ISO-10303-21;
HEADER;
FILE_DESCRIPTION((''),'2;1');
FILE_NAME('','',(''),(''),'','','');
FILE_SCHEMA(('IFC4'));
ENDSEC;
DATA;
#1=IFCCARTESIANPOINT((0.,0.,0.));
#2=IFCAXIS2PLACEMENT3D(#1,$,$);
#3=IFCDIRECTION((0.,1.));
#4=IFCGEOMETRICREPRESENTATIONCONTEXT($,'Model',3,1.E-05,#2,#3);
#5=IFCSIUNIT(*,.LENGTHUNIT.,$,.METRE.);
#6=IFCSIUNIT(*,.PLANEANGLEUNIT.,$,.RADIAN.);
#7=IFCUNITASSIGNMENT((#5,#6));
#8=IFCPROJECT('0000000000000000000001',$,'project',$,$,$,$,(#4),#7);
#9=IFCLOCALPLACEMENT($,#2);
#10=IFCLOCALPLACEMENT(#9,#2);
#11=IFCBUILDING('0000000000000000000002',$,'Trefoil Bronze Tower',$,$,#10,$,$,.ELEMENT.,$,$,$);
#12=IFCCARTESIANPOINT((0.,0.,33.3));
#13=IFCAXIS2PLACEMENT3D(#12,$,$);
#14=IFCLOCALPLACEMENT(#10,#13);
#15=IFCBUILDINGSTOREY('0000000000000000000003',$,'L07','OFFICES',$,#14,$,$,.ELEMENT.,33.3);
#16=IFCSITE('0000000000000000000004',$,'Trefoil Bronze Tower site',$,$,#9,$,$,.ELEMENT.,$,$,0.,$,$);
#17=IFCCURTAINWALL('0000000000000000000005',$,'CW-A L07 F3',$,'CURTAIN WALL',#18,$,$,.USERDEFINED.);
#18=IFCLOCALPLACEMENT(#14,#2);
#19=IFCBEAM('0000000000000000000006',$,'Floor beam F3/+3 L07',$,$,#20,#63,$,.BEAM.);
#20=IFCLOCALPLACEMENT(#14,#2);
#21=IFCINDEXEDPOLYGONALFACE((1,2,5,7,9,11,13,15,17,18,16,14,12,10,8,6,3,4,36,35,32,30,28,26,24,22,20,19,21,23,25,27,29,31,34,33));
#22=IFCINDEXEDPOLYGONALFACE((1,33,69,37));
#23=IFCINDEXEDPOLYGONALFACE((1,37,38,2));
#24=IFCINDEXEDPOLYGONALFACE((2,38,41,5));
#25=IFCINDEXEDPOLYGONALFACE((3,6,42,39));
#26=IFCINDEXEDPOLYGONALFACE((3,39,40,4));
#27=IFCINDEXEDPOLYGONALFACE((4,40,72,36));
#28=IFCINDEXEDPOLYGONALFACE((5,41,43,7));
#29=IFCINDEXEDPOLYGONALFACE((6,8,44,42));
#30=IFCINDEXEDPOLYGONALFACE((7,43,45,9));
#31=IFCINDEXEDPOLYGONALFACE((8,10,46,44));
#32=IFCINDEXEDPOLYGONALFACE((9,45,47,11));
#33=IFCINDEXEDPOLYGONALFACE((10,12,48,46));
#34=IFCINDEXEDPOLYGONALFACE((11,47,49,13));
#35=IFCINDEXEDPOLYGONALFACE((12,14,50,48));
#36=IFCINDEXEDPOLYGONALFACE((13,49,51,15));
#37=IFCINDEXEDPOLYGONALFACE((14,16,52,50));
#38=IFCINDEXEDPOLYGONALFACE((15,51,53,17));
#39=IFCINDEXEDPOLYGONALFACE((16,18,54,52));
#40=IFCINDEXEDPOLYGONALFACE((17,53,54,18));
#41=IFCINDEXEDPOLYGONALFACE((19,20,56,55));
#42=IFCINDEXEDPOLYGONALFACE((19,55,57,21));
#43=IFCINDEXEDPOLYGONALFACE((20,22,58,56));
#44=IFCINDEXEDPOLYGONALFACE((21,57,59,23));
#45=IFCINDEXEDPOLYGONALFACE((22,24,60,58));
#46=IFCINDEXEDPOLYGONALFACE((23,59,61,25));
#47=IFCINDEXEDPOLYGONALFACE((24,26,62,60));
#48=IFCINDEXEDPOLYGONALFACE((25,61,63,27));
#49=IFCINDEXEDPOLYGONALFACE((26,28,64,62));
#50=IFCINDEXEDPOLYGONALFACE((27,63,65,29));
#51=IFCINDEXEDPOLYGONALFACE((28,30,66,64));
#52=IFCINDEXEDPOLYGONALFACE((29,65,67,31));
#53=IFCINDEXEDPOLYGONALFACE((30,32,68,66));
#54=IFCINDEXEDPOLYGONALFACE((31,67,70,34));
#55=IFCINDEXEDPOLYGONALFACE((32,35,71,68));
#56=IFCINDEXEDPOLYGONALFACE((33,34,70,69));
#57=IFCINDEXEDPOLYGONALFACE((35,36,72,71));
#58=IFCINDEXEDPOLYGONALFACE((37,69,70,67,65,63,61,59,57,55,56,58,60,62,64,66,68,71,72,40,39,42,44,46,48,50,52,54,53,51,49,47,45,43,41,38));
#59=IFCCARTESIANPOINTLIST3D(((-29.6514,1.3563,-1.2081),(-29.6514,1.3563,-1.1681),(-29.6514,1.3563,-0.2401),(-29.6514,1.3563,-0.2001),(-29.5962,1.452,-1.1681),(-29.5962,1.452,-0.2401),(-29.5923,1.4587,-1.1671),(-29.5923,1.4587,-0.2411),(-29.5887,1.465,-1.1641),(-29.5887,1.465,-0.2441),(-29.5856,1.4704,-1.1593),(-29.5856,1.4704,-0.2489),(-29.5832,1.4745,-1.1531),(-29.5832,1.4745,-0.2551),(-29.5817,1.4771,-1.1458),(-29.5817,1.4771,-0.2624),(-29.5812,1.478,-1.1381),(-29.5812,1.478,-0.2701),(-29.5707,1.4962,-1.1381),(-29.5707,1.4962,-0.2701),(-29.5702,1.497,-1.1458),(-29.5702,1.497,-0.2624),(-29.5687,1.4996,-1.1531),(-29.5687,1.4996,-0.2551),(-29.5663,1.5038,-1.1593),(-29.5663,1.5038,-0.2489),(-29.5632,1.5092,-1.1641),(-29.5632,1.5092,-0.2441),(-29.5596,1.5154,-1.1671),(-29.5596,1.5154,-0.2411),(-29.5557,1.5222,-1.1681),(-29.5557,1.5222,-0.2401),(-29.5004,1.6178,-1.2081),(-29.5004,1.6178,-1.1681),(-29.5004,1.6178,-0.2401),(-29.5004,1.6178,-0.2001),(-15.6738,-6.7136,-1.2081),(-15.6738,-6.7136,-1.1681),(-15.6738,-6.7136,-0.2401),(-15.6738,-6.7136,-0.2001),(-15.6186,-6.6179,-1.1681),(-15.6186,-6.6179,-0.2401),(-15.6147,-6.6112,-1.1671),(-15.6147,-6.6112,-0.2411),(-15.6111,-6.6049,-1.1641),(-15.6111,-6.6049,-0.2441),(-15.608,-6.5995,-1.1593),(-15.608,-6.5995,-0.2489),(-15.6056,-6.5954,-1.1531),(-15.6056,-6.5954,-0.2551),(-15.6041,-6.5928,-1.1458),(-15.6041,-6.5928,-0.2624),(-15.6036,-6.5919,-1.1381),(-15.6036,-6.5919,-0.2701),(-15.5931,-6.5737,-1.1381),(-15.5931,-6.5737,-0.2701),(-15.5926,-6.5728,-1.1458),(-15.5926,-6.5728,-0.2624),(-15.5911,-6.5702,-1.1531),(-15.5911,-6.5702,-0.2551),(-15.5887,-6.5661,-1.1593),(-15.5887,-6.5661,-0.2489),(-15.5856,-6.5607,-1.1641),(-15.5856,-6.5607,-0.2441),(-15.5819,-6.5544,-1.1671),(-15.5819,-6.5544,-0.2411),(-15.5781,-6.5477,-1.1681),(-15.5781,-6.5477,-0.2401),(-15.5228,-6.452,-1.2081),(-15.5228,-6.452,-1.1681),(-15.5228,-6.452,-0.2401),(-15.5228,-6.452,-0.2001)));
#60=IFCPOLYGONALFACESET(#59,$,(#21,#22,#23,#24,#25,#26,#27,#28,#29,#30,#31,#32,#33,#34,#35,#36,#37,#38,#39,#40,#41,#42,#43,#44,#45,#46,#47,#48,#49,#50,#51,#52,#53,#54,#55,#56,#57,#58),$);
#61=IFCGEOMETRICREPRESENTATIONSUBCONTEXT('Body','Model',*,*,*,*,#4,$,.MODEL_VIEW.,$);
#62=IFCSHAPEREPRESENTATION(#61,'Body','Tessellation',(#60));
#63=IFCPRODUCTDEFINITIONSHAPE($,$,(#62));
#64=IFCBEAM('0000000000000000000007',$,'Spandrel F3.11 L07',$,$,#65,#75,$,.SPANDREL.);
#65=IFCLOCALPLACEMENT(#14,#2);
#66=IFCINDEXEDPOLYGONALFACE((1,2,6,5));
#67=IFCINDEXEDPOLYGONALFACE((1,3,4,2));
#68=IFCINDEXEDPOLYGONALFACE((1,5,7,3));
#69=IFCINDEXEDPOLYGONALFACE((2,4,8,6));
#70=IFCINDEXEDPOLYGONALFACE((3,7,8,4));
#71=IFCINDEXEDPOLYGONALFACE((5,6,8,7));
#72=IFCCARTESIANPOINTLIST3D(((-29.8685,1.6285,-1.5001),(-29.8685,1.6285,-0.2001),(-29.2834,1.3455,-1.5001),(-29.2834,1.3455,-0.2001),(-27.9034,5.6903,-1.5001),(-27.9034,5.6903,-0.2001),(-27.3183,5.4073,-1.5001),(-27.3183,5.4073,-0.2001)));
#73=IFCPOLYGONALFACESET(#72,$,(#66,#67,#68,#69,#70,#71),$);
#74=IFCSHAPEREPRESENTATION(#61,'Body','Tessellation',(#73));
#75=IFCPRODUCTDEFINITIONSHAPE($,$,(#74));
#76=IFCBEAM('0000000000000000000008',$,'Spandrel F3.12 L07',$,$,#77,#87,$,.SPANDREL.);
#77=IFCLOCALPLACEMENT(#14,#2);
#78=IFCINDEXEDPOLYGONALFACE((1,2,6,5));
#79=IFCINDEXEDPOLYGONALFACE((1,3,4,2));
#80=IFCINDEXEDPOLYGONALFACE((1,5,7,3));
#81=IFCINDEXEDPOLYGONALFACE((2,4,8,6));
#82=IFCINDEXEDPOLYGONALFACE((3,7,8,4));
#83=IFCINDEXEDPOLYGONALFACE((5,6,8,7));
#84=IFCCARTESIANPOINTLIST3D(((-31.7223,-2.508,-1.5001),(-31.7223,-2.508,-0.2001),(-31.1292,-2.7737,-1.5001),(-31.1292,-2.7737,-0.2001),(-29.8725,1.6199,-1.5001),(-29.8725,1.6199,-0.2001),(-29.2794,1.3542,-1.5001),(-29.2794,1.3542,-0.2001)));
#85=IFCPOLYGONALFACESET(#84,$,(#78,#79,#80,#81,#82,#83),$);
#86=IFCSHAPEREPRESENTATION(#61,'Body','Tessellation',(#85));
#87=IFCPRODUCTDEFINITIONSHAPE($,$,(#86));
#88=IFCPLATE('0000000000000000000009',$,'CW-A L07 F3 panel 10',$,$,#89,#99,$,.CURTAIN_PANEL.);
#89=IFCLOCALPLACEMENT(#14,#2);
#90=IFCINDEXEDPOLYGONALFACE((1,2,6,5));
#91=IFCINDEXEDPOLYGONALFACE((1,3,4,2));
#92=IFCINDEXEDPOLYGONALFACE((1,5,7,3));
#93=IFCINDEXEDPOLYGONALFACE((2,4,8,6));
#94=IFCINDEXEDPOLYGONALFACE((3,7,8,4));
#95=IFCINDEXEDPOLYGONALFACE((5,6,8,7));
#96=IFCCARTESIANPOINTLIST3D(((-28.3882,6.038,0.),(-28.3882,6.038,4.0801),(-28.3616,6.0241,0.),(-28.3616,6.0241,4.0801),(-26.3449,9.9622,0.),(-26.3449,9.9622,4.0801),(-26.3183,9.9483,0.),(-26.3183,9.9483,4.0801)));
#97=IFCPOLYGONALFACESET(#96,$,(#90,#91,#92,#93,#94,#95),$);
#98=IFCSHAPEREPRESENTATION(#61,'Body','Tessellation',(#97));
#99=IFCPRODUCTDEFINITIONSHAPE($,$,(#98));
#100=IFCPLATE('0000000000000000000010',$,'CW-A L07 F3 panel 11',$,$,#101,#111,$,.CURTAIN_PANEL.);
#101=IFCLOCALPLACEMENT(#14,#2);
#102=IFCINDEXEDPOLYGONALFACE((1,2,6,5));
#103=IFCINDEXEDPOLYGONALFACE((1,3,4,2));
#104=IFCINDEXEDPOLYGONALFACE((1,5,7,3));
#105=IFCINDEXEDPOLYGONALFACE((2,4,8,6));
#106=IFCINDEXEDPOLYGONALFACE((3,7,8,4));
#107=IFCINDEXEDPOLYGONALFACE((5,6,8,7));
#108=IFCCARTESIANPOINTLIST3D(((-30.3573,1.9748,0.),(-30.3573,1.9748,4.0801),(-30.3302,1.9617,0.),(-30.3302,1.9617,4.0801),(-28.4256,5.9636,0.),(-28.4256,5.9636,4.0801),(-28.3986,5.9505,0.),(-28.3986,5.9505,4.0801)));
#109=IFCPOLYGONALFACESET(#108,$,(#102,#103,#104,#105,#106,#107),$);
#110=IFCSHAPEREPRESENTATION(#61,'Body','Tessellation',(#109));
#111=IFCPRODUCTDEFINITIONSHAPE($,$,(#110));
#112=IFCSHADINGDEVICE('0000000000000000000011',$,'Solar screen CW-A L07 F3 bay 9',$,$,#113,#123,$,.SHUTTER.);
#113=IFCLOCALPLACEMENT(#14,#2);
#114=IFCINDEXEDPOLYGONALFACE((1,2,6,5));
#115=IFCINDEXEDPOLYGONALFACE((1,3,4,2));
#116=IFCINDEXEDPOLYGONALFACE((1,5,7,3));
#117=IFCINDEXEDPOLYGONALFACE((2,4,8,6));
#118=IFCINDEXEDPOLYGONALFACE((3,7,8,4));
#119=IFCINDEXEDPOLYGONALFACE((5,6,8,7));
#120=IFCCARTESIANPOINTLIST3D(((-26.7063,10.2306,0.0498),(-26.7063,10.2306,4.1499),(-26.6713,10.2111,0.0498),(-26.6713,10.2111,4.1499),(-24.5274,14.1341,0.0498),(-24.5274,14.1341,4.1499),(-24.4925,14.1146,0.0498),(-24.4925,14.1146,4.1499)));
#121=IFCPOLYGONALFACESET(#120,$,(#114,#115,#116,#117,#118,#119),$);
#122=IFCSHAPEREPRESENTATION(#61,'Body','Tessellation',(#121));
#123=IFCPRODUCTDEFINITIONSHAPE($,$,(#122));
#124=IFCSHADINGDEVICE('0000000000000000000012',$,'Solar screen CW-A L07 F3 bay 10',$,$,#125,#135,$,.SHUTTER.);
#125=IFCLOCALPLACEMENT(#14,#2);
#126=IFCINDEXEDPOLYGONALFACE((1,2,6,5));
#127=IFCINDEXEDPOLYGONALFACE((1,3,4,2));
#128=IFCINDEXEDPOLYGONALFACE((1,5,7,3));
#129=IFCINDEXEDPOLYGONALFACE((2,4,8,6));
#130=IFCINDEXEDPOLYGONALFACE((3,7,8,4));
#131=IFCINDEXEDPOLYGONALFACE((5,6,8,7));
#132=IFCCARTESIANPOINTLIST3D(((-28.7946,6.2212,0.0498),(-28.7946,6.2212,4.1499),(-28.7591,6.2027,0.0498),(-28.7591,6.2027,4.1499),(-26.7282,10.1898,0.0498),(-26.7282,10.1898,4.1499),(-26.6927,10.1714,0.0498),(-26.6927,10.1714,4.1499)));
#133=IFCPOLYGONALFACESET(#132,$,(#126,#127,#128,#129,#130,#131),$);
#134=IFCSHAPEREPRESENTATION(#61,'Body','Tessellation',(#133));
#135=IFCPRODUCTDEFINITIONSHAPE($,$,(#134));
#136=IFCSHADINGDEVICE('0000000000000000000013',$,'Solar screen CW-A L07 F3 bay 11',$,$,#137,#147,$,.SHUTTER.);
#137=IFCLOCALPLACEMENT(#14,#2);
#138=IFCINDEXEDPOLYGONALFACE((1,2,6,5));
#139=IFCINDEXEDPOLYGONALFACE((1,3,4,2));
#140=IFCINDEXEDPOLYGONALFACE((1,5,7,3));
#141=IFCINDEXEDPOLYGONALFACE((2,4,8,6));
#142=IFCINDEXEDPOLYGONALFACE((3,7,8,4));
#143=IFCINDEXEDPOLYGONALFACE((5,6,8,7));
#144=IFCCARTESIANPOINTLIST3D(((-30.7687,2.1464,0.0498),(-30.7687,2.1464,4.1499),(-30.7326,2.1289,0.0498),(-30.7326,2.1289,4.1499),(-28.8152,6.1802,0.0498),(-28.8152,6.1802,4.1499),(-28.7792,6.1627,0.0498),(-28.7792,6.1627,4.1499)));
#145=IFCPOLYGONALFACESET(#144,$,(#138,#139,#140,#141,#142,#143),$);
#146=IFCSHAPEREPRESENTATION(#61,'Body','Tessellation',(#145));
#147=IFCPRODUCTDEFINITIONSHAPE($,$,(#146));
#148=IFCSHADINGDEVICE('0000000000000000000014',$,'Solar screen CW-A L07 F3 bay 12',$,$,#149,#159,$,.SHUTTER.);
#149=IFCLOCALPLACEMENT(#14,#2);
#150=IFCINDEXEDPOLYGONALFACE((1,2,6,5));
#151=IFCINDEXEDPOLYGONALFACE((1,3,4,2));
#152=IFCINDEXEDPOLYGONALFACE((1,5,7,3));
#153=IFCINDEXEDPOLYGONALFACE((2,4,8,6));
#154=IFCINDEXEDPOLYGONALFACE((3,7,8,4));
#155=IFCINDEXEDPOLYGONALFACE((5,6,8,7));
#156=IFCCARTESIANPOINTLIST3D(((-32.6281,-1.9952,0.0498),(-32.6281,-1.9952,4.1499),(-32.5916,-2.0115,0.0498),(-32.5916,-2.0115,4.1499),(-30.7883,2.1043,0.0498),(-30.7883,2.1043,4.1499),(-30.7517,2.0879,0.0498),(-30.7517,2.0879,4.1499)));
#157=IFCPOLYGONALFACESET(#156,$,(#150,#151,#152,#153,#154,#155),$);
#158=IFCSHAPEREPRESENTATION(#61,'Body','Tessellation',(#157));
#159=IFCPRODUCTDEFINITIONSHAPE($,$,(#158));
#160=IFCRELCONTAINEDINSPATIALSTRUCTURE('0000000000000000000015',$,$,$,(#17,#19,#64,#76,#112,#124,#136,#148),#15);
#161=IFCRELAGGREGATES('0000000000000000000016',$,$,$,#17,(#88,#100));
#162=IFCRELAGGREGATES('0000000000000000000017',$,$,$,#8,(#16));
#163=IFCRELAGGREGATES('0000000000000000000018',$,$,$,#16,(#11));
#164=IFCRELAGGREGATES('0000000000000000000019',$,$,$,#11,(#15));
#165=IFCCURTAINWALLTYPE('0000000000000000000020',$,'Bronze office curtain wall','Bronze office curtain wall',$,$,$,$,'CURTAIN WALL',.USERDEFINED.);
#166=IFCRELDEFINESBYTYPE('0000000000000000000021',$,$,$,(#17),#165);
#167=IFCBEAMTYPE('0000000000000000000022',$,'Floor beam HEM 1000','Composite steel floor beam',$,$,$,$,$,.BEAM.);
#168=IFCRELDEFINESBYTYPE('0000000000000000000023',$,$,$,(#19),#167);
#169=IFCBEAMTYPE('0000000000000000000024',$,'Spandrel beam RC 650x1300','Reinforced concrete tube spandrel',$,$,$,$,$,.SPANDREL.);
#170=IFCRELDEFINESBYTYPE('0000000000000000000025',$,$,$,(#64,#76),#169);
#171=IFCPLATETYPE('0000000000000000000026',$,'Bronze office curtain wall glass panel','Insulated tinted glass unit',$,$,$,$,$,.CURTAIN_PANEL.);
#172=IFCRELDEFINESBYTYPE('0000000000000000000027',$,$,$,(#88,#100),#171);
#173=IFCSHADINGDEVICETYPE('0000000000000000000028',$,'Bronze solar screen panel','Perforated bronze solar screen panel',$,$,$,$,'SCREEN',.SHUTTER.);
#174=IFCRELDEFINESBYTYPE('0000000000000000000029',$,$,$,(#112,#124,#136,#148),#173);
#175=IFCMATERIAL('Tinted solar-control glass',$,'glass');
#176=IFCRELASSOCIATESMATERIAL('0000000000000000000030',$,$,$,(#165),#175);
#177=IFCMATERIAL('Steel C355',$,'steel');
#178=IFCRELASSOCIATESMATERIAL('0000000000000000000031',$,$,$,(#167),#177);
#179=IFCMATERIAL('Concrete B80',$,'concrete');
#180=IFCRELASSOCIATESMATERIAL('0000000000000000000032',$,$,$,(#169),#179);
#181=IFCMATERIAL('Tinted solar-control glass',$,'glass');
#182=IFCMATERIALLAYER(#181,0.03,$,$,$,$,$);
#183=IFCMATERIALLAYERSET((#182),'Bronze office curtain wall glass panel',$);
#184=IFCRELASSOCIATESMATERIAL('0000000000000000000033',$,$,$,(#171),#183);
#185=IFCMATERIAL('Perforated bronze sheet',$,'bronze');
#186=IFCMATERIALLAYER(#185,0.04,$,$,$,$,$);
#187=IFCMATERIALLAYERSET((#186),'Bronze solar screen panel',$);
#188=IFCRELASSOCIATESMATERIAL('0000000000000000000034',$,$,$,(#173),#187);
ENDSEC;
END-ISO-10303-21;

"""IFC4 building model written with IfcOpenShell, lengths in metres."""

from ifc_helpers import new_model, si_unit, direction, frame, origin, origin_2d, place, context, subcontext, project, spatial, rectangle, i_section, extrude, material, layer, layer_set, material_profile, profile_set, type_object, element, aggregate, save


model = new_model("IFC4")

# Units and contexts
model_context = context("Model", 3, precision=1e-05, world=origin(), true_north=direction((0.0, 1.0)))
body_context = subcontext(model_context, "Body", "Model", "MODEL_VIEW")
ifc_project = project(units=[si_unit("LENGTHUNIT", "METRE"), si_unit("PLANEANGLEUNIT", "RADIAN")], contexts=[model_context])

# Site, building, storey
site_placement = place(None, origin())
site = spatial("IfcSite", under=ifc_project, at=site_placement, Name="Trefoil Bronze Tower site", CompositionType="ELEMENT", RefElevation=0.0)
building_placement = place(site_placement, origin())
building = spatial("IfcBuilding", under=site, at=building_placement, Name="Trefoil Bronze Tower", CompositionType="ELEMENT")
storey_placement = place(building_placement, frame((0.0, 0.0, 33.3)))
storey = spatial("IfcBuildingStorey", under=building, at=storey_placement, Name="L07", Description="OFFICES", CompositionType="ELEMENT", Elevation=33.3)

# Curtain wall
ifc_material_1 = material(Name="Tinted solar-control glass", Category="glass")
curtain_wall_type = type_object("IfcCurtainWallType", Name="Bronze office curtain wall", Description="Bronze office curtain wall", ElementType="CURTAIN WALL", PredefinedType="USERDEFINED", material=ifc_material_1)
curtain_wall_placement = place(storey_placement, origin())
curtain_wall = element("IfcCurtainWall", 1, at=curtain_wall_placement, inside=storey, type_object=curtain_wall_type, Name="CW-A L07 F3", ObjectType="CURTAIN WALL", PredefinedType="USERDEFINED")

# Beams
ifc_material_2 = material(Name="Steel C355", Category="steel")
ifc_material_profile_1 = material_profile(ifc_material_2, i_section(OverallWidth=0.302, OverallDepth=1.0081, WebThickness=0.021, FlangeThickness=0.04, FilletRadius=0.03, at=origin_2d()), Name="HEM 1000")
ifc_profile_set_1 = profile_set([ifc_material_profile_1], Name="Steel C355")
beam_type_1 = type_object("IfcBeamType", Name="Floor beam HEM 1000", Description="Composite steel floor beam", PredefinedType="BEAM", material=ifc_profile_set_1)
beam_1_placement = place(storey_placement, frame((-29.5759, 1.4871, -0.7041), z_axis=(0.866028, -0.499995, 0.0), x_axis=(0.499995, 0.866028, 0.0)))
element("IfcBeam", 2, at=beam_1_placement, inside=storey, type_object=beam_type_1, Name="Floor beam F3/+3 L07", PredefinedType="BEAM", context=body_context, shape_type="SweptSolid", body=[
    extrude(i_section(OverallWidth=0.302, OverallDepth=1.0081, WebThickness=0.021, FlangeThickness=0.04, FilletRadius=0.03, at=origin_2d()), origin(), (0.0, 0.0, 1.0), 16.1399),
])
ifc_material_3 = material(Name="Concrete B80", Category="concrete")
ifc_material_profile_2 = material_profile(ifc_material_3, rectangle(XDim=0.6499, YDim=1.3, at=origin_2d()), Name="RC 650x1300")
ifc_profile_set_2 = profile_set([ifc_material_profile_2], Name="Concrete B80")
beam_type_2 = type_object("IfcBeamType", Name="Spandrel beam RC 650x1300", Description="Reinforced concrete tube spandrel", PredefinedType="SPANDREL", material=ifc_profile_set_2)
beam_2_placement = place(storey_placement, frame((-27.6108, 5.5488, -0.8501), z_axis=(-0.43551, -0.900184, 0.0), x_axis=(0.900184, -0.43551, 0.0)))
element("IfcBeam", 3, at=beam_2_placement, inside=storey, type_object=beam_type_2, Name="Spandrel F3.11 L07", PredefinedType="SPANDREL", context=body_context, shape_type="SweptSolid", body=[
    extrude(rectangle(XDim=0.6499, YDim=1.3, at=origin_2d()), origin(), (0.0, 0.0, 1.0), 4.5122),
])
beam_3_placement = place(storey_placement, frame((-29.5759, 1.4871, -0.8501), z_axis=(-0.408946, -0.912559, 0.0), x_axis=(0.912559, -0.408946, 0.0)))
element("IfcBeam", 4, at=beam_3_placement, inside=storey, type_object=beam_type_2, Name="Spandrel F3.12 L07", PredefinedType="SPANDREL", context=body_context, shape_type="SweptSolid", body=[
    extrude(rectangle(XDim=0.6499, YDim=1.3, at=origin_2d()), origin(), (0.0, 0.0, 1.0), 4.5234),
])

# Plates
ifc_material_4 = material(Name="Tinted solar-control glass", Category="glass")
ifc_layer_1 = layer(ifc_material_4, 0.03)
ifc_layer_set_1 = layer_set([ifc_layer_1], Name="Bronze office curtain wall glass panel")
plate_type = type_object("IfcPlateType", Name="Bronze office curtain wall glass panel", Description="Insulated tinted glass unit", PredefinedType="CURTAIN_PANEL", material=ifc_layer_set_1)
plate_1_placement = place(storey_placement, frame((-27.3533, 7.9932, 0.0), z_axis=(0.0, 0.0, 1.0), x_axis=(-0.46183, -0.886969, 0.0)))
plate_1 = element("IfcPlate", 5, at=plate_1_placement, type_object=plate_type, Name="CW-A L07 F3 panel 10", PredefinedType="CURTAIN_PANEL", context=body_context, shape_type="SweptSolid", body=[
    extrude(rectangle(XDim=4.4243, YDim=0.03, at=origin_2d()), origin(), (0.0, 0.0, 1.0), 4.0801),
])
plate_2_placement = place(storey_placement, frame((-29.3779, 3.9626, 0.0), z_axis=(0.0, 0.0, 1.0), x_axis=(-0.435855, -0.900017, 0.0)))
plate_2 = element("IfcPlate", 6, at=plate_2_placement, type_object=plate_type, Name="CW-A L07 F3 panel 11", PredefinedType="CURTAIN_PANEL", context=body_context, shape_type="SweptSolid", body=[
    extrude(rectangle(XDim=4.4319, YDim=0.03, at=origin_2d()), origin(), (0.0, 0.0, 1.0), 4.0801),
])
aggregate(curtain_wall, [plate_1, plate_2])

# Shading devices
ifc_material_5 = material(Name="Perforated bronze sheet", Category="bronze")
ifc_layer_2 = layer(ifc_material_5, 0.04)
ifc_layer_set_2 = layer_set([ifc_layer_2], Name="Bronze solar screen panel")
shading_device_type = type_object("IfcShadingDeviceType", Name="Bronze solar screen panel", Description="Perforated bronze solar screen panel", ElementType="SCREEN", PredefinedType="SHUTTER", material=ifc_layer_set_2)
shading_device_1_placement = place(storey_placement, frame((-25.5994, 12.1726, 0.0498), z_axis=(0.0, 0.0, 1.0), x_axis=(-0.487382, -0.873189, 0.0)))
element("IfcShadingDevice", 7, at=shading_device_1_placement, inside=storey, type_object=shading_device_type, Name="Solar screen CW-A L07 F3 bay 9", PredefinedType="SHUTTER", context=body_context, shape_type="SweptSolid", body=[
    extrude(rectangle(XDim=4.4705, YDim=0.04, at=origin_2d()), origin(), (0.0, 0.0, 1.0), 4.1001),
])
shading_device_2_placement = place(storey_placement, frame((-27.7437, 8.1963, 0.0498), z_axis=(0.0, 0.0, 1.0), x_axis=(-0.46183, -0.886969, 0.0)))
element("IfcShadingDevice", 8, at=shading_device_2_placement, inside=storey, type_object=shading_device_type, Name="Solar screen CW-A L07 F3 bay 10", PredefinedType="SHUTTER", context=body_context, shape_type="SweptSolid", body=[
    extrude(rectangle(XDim=4.4744, YDim=0.04, at=origin_2d()), origin(), (0.0, 0.0, 1.0), 4.1001),
])
shading_device_3_placement = place(storey_placement, frame((-29.7739, 4.1545, 0.0498), z_axis=(0.0, 0.0, 1.0), x_axis=(-0.435855, -0.900017, 0.0)))
element("IfcShadingDevice", 9, at=shading_device_3_placement, inside=storey, type_object=shading_device_type, Name="Solar screen CW-A L07 F3 bay 11", PredefinedType="SHUTTER", context=body_context, shape_type="SweptSolid", body=[
    extrude(rectangle(XDim=4.4819, YDim=0.04, at=origin_2d()), origin(), (0.0, 0.0, 1.0), 4.1001),
])
shading_device_4_placement = place(storey_placement, frame((-31.6899, 0.0464, 0.0498), z_axis=(0.0, 0.0, 1.0), x_axis=(-0.409456, -0.91233, 0.0)))
element("IfcShadingDevice", 10, at=shading_device_4_placement, inside=storey, type_object=shading_device_type, Name="Solar screen CW-A L07 F3 bay 12", PredefinedType="SHUTTER", context=body_context, shape_type="SweptSolid", body=[
    extrude(rectangle(XDim=4.4934, YDim=0.04, at=origin_2d()), origin(), (0.0, 0.0, 1.0), 4.1001),
])

save(model, "model.ifc")
